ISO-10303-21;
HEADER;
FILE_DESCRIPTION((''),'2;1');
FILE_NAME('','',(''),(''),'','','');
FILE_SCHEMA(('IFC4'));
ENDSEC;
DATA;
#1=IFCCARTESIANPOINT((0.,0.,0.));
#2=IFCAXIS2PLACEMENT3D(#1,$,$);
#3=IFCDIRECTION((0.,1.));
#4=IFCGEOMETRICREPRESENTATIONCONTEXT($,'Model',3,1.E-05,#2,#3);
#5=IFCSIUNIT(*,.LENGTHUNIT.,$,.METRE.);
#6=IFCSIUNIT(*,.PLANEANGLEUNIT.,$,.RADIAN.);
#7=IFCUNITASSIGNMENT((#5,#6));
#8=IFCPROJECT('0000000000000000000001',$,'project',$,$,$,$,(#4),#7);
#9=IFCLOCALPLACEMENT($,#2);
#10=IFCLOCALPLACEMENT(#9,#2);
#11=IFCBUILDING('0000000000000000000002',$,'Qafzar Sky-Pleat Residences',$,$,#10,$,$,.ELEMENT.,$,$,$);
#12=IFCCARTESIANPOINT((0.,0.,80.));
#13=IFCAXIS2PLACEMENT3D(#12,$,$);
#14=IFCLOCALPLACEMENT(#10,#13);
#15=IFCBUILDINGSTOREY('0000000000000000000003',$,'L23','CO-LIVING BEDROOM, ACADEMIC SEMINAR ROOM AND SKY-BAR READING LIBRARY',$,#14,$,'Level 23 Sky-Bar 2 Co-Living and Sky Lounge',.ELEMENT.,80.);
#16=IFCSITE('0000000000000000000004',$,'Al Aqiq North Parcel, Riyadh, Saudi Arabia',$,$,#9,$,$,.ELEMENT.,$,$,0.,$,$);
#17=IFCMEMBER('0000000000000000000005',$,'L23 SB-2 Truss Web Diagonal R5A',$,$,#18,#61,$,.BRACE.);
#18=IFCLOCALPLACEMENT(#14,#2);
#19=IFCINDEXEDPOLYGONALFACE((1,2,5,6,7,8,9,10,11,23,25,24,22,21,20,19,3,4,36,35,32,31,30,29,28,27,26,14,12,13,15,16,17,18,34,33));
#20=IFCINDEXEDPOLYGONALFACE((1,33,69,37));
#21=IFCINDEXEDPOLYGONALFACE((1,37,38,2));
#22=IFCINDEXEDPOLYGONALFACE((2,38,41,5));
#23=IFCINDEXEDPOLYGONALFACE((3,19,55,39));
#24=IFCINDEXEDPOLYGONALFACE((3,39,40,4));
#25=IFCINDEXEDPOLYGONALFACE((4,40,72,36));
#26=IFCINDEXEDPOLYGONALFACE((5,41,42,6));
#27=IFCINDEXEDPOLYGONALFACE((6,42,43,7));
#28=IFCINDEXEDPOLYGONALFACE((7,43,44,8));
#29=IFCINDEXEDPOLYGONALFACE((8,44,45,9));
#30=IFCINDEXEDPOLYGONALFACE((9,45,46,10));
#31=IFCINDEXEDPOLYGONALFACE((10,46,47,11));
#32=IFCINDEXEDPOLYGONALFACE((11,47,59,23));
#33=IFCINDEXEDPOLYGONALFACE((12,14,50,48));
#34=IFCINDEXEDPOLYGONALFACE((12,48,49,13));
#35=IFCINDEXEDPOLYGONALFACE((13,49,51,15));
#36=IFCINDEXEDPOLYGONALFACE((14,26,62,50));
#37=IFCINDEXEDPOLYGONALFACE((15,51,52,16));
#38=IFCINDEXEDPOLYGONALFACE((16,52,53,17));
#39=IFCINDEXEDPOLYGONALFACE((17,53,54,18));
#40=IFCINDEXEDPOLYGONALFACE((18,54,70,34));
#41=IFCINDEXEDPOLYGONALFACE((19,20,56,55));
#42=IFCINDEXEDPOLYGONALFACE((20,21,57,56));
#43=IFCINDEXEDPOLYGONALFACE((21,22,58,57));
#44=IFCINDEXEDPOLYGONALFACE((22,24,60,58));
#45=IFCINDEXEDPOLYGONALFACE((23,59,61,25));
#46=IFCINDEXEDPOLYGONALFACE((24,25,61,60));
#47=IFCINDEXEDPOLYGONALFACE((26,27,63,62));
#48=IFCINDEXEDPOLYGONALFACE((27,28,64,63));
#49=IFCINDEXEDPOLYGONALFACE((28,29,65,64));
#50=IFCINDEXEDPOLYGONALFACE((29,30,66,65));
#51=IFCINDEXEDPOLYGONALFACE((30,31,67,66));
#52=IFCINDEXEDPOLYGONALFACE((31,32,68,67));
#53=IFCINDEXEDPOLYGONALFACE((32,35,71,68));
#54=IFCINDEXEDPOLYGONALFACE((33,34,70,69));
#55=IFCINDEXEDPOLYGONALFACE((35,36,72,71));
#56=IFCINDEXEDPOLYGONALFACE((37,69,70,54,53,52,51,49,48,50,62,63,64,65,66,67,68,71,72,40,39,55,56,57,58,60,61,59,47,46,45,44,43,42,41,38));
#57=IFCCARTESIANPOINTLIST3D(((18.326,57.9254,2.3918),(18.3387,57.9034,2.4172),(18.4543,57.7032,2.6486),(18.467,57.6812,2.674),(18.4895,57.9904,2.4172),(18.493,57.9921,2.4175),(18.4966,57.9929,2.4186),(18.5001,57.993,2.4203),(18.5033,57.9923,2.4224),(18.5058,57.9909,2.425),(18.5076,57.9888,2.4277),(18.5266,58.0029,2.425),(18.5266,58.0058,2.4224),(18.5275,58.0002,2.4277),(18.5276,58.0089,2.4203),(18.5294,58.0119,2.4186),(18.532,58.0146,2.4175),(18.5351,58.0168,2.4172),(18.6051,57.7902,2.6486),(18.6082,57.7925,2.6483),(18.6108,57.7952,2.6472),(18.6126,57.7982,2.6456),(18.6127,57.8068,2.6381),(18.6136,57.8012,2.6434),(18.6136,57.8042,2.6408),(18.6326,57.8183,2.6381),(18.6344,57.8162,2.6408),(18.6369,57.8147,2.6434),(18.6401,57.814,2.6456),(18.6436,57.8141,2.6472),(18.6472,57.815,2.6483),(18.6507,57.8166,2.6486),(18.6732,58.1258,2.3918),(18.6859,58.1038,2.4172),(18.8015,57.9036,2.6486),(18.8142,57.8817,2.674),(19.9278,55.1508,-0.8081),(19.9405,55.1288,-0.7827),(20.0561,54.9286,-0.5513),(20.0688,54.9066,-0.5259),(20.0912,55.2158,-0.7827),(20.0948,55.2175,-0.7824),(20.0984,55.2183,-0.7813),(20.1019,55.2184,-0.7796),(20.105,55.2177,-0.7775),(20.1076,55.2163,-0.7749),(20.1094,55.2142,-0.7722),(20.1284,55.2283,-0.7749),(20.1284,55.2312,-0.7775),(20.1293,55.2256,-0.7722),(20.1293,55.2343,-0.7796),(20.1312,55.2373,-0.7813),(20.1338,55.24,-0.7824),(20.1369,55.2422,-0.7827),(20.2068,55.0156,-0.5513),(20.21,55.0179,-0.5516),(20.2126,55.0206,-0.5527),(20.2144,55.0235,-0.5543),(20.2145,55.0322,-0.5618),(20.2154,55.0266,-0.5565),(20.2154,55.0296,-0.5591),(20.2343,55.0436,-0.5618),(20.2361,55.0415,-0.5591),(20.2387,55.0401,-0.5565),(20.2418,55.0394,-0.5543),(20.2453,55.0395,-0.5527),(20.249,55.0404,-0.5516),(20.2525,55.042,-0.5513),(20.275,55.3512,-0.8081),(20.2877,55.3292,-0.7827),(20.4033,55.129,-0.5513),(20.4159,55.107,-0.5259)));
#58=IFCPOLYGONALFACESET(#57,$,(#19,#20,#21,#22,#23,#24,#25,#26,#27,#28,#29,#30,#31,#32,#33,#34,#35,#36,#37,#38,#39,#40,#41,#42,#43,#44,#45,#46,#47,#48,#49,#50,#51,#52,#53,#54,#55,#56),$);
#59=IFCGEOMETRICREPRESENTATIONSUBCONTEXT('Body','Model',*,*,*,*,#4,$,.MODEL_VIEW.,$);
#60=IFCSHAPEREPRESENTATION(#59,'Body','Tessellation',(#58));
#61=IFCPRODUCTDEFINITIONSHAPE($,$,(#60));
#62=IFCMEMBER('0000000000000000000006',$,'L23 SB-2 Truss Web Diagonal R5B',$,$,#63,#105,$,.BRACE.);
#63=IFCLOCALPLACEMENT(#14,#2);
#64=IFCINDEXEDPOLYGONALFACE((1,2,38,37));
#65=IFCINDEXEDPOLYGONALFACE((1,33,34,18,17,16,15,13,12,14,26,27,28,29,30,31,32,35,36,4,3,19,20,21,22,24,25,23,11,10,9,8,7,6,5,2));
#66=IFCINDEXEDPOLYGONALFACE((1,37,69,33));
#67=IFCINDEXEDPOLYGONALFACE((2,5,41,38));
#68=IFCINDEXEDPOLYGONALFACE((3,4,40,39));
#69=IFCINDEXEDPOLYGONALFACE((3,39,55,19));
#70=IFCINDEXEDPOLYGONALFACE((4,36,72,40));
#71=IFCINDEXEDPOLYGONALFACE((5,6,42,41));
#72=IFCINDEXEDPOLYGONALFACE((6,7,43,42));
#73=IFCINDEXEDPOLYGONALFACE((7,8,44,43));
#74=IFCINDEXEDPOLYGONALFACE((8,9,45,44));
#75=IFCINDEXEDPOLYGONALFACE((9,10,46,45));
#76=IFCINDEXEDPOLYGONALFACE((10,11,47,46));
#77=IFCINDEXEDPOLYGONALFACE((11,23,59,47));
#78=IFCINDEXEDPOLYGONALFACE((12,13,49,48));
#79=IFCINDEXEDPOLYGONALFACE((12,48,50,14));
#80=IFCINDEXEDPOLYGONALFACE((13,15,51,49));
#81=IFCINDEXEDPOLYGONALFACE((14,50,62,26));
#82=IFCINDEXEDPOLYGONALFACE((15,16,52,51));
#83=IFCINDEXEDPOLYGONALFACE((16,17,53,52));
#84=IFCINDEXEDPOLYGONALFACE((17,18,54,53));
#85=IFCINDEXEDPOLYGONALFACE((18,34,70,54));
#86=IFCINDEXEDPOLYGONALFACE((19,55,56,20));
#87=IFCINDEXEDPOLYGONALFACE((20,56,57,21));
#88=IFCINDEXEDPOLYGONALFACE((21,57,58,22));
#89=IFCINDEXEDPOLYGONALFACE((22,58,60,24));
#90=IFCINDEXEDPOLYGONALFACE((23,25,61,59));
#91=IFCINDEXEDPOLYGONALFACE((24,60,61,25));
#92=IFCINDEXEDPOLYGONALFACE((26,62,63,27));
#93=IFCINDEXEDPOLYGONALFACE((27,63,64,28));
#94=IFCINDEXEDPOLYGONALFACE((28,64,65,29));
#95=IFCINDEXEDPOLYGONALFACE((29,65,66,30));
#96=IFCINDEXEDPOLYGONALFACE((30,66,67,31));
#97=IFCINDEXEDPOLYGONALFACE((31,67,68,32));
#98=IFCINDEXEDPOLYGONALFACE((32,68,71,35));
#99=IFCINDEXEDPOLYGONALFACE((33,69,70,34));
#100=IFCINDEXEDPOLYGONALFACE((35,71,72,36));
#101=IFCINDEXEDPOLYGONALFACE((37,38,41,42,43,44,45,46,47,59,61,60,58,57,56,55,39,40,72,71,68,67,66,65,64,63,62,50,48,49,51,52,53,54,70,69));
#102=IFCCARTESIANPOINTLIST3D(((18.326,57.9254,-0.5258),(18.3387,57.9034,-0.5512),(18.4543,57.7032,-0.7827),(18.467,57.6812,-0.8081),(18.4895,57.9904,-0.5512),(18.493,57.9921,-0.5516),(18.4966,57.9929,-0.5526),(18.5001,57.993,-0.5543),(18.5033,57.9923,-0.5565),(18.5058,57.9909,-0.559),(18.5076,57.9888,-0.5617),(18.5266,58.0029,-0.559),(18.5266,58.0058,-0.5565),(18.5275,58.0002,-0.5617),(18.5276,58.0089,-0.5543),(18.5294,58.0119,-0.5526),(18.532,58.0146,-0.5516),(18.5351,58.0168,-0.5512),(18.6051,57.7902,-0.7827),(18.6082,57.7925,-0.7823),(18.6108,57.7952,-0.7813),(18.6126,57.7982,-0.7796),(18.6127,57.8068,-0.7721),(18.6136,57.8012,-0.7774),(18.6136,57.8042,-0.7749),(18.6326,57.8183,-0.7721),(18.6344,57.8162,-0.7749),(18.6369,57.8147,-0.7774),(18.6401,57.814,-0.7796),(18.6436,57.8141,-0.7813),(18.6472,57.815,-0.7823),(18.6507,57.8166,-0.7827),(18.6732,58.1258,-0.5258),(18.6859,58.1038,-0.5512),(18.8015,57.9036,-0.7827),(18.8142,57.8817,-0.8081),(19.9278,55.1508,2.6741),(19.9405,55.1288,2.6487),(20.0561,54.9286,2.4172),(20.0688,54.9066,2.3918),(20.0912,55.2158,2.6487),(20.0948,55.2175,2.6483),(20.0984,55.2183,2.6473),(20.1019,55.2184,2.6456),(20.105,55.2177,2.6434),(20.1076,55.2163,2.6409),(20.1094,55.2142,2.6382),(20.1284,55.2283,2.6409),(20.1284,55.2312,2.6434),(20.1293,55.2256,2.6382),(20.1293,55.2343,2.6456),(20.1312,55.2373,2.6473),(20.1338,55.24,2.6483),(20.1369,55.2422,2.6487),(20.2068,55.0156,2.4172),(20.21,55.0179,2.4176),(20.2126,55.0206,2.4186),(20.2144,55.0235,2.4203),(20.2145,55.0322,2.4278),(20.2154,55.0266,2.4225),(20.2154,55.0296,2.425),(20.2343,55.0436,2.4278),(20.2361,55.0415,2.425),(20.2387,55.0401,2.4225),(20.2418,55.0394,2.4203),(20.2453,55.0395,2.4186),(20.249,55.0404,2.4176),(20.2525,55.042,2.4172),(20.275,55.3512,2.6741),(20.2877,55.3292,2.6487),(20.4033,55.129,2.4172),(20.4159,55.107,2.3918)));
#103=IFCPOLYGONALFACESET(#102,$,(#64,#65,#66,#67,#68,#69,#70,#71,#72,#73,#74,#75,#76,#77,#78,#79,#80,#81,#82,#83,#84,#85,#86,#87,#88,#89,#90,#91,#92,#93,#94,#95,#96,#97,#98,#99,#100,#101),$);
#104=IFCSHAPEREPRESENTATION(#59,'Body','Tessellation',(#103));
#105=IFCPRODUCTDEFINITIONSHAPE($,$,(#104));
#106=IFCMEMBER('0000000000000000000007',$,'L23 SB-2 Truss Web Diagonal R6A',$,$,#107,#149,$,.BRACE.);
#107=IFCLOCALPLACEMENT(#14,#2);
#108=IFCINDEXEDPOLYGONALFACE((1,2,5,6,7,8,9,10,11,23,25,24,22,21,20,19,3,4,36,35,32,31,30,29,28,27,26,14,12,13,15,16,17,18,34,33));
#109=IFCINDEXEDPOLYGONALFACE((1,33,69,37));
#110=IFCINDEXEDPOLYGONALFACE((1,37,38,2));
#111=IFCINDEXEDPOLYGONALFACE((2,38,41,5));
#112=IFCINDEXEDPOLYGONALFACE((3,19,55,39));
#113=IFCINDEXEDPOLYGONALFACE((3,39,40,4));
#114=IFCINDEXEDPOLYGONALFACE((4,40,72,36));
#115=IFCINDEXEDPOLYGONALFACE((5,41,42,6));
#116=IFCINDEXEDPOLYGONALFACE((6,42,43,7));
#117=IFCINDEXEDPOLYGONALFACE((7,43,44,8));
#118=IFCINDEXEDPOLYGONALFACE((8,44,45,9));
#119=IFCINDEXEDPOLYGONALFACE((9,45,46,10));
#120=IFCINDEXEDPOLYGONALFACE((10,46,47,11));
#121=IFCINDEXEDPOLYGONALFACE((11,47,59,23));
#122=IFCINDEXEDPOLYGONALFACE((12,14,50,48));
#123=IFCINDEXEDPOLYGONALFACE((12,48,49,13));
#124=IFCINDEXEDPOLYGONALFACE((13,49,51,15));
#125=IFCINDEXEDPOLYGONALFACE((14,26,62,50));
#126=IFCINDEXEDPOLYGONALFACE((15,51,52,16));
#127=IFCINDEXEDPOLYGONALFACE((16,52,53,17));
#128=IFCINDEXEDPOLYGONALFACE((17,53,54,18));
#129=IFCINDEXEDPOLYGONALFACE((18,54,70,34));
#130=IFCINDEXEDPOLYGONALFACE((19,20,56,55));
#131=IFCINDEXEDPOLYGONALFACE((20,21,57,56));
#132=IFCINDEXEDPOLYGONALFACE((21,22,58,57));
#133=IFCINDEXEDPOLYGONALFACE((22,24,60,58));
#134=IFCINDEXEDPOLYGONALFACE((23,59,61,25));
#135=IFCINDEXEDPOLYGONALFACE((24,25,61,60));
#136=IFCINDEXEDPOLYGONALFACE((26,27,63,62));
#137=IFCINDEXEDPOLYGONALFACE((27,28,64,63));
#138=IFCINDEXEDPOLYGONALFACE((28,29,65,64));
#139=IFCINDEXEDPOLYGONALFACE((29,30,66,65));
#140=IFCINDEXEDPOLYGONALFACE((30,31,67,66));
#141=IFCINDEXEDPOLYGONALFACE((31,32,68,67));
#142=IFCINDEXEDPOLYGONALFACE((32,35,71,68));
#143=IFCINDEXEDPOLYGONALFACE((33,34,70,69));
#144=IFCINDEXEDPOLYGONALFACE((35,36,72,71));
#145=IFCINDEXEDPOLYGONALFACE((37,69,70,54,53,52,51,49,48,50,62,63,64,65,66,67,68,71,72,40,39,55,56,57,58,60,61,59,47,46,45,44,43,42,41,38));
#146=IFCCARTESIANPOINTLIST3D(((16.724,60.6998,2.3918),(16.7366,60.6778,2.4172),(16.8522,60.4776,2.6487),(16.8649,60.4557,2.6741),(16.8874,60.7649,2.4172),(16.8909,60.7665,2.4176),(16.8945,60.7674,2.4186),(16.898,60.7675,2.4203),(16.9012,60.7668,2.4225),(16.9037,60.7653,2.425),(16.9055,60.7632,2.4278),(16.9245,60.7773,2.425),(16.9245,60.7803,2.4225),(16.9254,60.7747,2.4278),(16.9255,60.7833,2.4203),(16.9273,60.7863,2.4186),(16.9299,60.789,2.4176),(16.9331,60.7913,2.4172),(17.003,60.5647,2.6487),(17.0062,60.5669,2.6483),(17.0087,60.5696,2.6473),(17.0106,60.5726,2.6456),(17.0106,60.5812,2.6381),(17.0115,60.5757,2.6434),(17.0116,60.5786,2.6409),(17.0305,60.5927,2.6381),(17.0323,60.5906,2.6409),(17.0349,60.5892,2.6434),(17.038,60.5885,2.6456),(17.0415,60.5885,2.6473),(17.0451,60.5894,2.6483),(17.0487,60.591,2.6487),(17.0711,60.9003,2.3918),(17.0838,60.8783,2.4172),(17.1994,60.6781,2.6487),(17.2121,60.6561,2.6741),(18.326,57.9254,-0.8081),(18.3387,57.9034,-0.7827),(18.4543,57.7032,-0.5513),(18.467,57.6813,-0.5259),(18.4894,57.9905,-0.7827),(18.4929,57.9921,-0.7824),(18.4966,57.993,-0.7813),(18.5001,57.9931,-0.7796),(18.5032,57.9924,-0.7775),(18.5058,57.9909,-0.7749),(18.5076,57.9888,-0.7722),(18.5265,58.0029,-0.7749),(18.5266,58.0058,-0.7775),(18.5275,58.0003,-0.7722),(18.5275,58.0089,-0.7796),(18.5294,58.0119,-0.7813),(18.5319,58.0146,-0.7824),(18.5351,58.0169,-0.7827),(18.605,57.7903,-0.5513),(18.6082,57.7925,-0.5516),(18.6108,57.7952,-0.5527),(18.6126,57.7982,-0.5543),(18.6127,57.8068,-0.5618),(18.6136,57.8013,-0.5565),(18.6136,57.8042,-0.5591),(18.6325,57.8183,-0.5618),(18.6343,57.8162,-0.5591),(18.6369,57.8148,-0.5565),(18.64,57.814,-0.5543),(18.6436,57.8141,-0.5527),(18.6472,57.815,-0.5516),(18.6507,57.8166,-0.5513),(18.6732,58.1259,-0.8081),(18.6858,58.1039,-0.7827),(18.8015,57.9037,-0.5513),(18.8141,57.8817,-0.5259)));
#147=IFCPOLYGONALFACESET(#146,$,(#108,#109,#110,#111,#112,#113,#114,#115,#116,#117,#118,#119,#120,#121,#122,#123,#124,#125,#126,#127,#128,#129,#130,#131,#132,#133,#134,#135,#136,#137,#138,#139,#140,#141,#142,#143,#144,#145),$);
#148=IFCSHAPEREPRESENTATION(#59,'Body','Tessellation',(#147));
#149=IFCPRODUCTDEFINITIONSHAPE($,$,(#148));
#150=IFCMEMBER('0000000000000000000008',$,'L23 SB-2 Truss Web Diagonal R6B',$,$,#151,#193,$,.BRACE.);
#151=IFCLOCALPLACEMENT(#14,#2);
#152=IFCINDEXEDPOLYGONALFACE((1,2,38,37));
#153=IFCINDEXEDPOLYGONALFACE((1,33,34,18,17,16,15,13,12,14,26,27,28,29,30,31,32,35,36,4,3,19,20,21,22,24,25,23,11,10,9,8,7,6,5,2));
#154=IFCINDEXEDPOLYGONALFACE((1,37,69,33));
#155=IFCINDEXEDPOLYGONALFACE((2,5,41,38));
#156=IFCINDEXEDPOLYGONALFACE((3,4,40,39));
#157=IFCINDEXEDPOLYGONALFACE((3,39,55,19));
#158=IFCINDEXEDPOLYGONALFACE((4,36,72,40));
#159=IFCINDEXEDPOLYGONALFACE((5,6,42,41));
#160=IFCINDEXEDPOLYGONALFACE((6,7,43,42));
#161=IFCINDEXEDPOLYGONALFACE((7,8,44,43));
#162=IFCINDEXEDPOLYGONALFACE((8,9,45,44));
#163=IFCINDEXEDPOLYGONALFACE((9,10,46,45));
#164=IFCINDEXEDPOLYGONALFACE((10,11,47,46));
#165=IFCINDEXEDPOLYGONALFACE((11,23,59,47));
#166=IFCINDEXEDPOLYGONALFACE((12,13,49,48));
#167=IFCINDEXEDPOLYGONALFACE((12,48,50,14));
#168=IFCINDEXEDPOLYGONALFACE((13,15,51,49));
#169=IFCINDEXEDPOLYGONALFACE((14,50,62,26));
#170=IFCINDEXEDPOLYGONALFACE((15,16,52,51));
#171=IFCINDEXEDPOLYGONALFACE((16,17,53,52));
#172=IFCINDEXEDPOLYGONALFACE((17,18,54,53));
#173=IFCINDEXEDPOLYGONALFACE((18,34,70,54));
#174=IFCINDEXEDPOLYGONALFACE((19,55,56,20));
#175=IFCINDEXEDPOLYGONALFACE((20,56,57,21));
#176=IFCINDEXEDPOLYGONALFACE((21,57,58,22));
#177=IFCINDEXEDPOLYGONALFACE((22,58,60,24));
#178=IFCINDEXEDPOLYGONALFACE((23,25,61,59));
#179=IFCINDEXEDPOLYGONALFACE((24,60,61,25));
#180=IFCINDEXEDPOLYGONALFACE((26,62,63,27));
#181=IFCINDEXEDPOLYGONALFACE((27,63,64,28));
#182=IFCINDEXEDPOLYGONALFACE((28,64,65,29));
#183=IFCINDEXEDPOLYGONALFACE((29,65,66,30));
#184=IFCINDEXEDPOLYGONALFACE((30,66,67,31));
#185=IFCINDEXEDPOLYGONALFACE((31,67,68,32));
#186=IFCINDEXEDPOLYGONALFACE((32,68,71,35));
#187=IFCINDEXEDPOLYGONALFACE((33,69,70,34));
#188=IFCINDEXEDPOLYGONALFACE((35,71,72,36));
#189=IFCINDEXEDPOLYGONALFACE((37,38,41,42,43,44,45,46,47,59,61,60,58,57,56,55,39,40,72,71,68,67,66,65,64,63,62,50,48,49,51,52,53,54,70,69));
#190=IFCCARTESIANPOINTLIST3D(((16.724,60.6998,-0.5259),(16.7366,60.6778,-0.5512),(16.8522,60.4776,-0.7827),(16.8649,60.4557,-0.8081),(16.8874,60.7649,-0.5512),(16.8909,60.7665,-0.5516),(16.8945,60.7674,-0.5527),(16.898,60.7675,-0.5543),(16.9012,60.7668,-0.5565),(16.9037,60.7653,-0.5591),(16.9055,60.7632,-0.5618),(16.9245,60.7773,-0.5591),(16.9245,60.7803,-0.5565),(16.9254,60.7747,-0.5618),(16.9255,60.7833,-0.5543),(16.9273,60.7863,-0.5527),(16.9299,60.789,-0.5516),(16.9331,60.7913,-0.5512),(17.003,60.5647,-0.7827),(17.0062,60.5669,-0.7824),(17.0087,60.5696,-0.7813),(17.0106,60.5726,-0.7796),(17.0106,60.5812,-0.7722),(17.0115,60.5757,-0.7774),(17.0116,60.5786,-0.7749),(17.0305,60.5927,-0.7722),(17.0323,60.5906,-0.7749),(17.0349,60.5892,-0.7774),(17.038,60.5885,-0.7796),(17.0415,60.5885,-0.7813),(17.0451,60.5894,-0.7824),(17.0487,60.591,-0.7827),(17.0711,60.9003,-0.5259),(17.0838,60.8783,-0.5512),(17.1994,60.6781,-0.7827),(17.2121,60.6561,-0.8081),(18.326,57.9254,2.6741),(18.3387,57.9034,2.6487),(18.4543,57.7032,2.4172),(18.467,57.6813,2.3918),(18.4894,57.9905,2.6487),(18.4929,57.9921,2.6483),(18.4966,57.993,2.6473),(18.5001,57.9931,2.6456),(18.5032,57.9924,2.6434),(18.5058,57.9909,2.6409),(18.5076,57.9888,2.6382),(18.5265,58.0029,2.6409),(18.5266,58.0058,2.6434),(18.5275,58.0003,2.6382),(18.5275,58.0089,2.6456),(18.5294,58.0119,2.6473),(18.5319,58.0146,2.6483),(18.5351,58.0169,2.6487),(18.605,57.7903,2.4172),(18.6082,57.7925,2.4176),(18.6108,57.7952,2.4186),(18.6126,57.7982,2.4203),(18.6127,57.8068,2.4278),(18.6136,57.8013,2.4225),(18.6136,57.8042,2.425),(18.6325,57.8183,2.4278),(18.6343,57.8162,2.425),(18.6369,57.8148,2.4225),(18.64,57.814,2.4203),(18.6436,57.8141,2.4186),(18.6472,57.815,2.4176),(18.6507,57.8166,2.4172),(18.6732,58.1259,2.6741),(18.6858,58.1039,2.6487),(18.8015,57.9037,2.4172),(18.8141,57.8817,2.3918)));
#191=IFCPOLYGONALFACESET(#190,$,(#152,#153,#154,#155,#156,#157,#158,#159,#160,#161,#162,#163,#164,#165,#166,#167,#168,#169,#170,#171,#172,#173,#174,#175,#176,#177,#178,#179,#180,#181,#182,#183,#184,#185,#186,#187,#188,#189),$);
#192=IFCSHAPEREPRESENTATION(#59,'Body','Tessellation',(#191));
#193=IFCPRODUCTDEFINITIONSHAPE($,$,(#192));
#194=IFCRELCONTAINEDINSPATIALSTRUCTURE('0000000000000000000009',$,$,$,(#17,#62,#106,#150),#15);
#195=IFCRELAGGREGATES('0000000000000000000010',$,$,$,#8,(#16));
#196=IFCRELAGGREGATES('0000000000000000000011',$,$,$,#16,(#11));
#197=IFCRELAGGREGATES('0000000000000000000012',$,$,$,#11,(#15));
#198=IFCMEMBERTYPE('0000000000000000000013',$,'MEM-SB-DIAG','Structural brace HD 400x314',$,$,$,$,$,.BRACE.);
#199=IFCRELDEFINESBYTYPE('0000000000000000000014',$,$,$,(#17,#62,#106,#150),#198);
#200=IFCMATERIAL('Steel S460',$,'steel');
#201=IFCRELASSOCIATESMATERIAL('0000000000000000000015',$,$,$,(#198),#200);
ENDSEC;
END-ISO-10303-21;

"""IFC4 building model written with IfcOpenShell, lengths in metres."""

from ifc_helpers import new_model, si_unit, direction, frame, origin, origin_2d, place, context, subcontext, project, spatial, i_section, extrude, source, transform, mapped, material, material_profile, profile_set, type_object, element, save


model = new_model("IFC4")

# Units and contexts
model_context = context("Model", 3, precision=1e-05, world=origin(), true_north=direction((0.0, 1.0)))
body_context = subcontext(model_context, "Body", "Model", "MODEL_VIEW")
ifc_project = project(units=[si_unit("LENGTHUNIT", "METRE"), si_unit("PLANEANGLEUNIT", "RADIAN")], contexts=[model_context])

# Site, building, storey
site_placement = place(None, origin())
site = spatial("IfcSite", under=ifc_project, at=site_placement, Name="Al Aqiq North Parcel, Riyadh, Saudi Arabia", CompositionType="ELEMENT", RefElevation=0.0)
building_placement = place(site_placement, origin())
building = spatial("IfcBuilding", under=site, at=building_placement, Name="Qafzar Sky-Pleat Residences", CompositionType="ELEMENT")
storey_placement = place(building_placement, frame((0.0, 0.0, 80.0)))
storey = spatial("IfcBuildingStorey", under=building, at=storey_placement, Name="L23", Description="CO-LIVING BEDROOM, ACADEMIC SEMINAR ROOM AND SKY-BAR READING LIBRARY", LongName="Level 23 Sky-Bar 2 Co-Living and Sky Lounge", CompositionType="ELEMENT", Elevation=80.0)

# Members
ifc_material_1 = material(Name="Steel S460", Category="steel")
ifc_material_profile_1 = material_profile(ifc_material_1, i_section(OverallWidth=0.4009, OverallDepth=0.3989, WebThickness=0.0229, FlangeThickness=0.0359, FilletRadius=0.0149, at=origin_2d()), Name="HD 400x314")
ifc_profile_set_1 = profile_set([ifc_material_profile_1], Name="Steel S460")
member_type_1 = type_object("IfcMemberType", Name="MEM-SB-DIAG", Description="Structural brace HD 400x314", PredefinedType="BRACE", material=ifc_profile_set_1)
shared_shape_1 = source(origin(), body_context, "Body", "SweptSolid", [
    extrude(i_section(OverallWidth=0.4009, OverallDepth=0.3989, WebThickness=0.0229, FlangeThickness=0.0359, FilletRadius=0.0149, at=origin_2d()), origin(), (0.0, 0.0, 1.0), 4.5281),
])
for number, where, z_axis, x_axis, name in (
    (1, (20.1719, 55.1289, -0.667), (-0.353744, 0.612757, 0.706679), (-0.866045, -0.499967, 0.0), "L23 SB-2 Truss Web Diagonal R5A"),
    (2, (20.1719, 55.1289, 2.533), (-0.353744, 0.612757, -0.706679), (-0.866045, -0.499967, 0.0), "L23 SB-2 Truss Web Diagonal R5B"),
    (3, (18.5701, 57.9036, -0.667), (-0.353803, 0.612711, 0.706688), (-0.865993, -0.500057, 0.0), "L23 SB-2 Truss Web Diagonal R6A"),
    (4, (18.5701, 57.9036, 2.533), (-0.353803, 0.612711, -0.706688), (-0.865993, -0.500057, 0.0), "L23 SB-2 Truss Web Diagonal R6B"),
):
    element("IfcMember", number, at=place(storey_placement, frame(where, z_axis=z_axis, x_axis=x_axis)), inside=storey, type_object=member_type_1, Name=name, PredefinedType="BRACE", context=body_context, shape_type="MappedRepresentation", body=[
        mapped(shared_shape_1, transform((0.0, 0.0, 0.0), x_axis=(1.0, 0.0, 0.0), y_axis=(0.0, 1.0, 0.0), z_axis=(0.0, 0.0, 1.0), scale=1.0)),
    ])

save(model, "model.ifc")
